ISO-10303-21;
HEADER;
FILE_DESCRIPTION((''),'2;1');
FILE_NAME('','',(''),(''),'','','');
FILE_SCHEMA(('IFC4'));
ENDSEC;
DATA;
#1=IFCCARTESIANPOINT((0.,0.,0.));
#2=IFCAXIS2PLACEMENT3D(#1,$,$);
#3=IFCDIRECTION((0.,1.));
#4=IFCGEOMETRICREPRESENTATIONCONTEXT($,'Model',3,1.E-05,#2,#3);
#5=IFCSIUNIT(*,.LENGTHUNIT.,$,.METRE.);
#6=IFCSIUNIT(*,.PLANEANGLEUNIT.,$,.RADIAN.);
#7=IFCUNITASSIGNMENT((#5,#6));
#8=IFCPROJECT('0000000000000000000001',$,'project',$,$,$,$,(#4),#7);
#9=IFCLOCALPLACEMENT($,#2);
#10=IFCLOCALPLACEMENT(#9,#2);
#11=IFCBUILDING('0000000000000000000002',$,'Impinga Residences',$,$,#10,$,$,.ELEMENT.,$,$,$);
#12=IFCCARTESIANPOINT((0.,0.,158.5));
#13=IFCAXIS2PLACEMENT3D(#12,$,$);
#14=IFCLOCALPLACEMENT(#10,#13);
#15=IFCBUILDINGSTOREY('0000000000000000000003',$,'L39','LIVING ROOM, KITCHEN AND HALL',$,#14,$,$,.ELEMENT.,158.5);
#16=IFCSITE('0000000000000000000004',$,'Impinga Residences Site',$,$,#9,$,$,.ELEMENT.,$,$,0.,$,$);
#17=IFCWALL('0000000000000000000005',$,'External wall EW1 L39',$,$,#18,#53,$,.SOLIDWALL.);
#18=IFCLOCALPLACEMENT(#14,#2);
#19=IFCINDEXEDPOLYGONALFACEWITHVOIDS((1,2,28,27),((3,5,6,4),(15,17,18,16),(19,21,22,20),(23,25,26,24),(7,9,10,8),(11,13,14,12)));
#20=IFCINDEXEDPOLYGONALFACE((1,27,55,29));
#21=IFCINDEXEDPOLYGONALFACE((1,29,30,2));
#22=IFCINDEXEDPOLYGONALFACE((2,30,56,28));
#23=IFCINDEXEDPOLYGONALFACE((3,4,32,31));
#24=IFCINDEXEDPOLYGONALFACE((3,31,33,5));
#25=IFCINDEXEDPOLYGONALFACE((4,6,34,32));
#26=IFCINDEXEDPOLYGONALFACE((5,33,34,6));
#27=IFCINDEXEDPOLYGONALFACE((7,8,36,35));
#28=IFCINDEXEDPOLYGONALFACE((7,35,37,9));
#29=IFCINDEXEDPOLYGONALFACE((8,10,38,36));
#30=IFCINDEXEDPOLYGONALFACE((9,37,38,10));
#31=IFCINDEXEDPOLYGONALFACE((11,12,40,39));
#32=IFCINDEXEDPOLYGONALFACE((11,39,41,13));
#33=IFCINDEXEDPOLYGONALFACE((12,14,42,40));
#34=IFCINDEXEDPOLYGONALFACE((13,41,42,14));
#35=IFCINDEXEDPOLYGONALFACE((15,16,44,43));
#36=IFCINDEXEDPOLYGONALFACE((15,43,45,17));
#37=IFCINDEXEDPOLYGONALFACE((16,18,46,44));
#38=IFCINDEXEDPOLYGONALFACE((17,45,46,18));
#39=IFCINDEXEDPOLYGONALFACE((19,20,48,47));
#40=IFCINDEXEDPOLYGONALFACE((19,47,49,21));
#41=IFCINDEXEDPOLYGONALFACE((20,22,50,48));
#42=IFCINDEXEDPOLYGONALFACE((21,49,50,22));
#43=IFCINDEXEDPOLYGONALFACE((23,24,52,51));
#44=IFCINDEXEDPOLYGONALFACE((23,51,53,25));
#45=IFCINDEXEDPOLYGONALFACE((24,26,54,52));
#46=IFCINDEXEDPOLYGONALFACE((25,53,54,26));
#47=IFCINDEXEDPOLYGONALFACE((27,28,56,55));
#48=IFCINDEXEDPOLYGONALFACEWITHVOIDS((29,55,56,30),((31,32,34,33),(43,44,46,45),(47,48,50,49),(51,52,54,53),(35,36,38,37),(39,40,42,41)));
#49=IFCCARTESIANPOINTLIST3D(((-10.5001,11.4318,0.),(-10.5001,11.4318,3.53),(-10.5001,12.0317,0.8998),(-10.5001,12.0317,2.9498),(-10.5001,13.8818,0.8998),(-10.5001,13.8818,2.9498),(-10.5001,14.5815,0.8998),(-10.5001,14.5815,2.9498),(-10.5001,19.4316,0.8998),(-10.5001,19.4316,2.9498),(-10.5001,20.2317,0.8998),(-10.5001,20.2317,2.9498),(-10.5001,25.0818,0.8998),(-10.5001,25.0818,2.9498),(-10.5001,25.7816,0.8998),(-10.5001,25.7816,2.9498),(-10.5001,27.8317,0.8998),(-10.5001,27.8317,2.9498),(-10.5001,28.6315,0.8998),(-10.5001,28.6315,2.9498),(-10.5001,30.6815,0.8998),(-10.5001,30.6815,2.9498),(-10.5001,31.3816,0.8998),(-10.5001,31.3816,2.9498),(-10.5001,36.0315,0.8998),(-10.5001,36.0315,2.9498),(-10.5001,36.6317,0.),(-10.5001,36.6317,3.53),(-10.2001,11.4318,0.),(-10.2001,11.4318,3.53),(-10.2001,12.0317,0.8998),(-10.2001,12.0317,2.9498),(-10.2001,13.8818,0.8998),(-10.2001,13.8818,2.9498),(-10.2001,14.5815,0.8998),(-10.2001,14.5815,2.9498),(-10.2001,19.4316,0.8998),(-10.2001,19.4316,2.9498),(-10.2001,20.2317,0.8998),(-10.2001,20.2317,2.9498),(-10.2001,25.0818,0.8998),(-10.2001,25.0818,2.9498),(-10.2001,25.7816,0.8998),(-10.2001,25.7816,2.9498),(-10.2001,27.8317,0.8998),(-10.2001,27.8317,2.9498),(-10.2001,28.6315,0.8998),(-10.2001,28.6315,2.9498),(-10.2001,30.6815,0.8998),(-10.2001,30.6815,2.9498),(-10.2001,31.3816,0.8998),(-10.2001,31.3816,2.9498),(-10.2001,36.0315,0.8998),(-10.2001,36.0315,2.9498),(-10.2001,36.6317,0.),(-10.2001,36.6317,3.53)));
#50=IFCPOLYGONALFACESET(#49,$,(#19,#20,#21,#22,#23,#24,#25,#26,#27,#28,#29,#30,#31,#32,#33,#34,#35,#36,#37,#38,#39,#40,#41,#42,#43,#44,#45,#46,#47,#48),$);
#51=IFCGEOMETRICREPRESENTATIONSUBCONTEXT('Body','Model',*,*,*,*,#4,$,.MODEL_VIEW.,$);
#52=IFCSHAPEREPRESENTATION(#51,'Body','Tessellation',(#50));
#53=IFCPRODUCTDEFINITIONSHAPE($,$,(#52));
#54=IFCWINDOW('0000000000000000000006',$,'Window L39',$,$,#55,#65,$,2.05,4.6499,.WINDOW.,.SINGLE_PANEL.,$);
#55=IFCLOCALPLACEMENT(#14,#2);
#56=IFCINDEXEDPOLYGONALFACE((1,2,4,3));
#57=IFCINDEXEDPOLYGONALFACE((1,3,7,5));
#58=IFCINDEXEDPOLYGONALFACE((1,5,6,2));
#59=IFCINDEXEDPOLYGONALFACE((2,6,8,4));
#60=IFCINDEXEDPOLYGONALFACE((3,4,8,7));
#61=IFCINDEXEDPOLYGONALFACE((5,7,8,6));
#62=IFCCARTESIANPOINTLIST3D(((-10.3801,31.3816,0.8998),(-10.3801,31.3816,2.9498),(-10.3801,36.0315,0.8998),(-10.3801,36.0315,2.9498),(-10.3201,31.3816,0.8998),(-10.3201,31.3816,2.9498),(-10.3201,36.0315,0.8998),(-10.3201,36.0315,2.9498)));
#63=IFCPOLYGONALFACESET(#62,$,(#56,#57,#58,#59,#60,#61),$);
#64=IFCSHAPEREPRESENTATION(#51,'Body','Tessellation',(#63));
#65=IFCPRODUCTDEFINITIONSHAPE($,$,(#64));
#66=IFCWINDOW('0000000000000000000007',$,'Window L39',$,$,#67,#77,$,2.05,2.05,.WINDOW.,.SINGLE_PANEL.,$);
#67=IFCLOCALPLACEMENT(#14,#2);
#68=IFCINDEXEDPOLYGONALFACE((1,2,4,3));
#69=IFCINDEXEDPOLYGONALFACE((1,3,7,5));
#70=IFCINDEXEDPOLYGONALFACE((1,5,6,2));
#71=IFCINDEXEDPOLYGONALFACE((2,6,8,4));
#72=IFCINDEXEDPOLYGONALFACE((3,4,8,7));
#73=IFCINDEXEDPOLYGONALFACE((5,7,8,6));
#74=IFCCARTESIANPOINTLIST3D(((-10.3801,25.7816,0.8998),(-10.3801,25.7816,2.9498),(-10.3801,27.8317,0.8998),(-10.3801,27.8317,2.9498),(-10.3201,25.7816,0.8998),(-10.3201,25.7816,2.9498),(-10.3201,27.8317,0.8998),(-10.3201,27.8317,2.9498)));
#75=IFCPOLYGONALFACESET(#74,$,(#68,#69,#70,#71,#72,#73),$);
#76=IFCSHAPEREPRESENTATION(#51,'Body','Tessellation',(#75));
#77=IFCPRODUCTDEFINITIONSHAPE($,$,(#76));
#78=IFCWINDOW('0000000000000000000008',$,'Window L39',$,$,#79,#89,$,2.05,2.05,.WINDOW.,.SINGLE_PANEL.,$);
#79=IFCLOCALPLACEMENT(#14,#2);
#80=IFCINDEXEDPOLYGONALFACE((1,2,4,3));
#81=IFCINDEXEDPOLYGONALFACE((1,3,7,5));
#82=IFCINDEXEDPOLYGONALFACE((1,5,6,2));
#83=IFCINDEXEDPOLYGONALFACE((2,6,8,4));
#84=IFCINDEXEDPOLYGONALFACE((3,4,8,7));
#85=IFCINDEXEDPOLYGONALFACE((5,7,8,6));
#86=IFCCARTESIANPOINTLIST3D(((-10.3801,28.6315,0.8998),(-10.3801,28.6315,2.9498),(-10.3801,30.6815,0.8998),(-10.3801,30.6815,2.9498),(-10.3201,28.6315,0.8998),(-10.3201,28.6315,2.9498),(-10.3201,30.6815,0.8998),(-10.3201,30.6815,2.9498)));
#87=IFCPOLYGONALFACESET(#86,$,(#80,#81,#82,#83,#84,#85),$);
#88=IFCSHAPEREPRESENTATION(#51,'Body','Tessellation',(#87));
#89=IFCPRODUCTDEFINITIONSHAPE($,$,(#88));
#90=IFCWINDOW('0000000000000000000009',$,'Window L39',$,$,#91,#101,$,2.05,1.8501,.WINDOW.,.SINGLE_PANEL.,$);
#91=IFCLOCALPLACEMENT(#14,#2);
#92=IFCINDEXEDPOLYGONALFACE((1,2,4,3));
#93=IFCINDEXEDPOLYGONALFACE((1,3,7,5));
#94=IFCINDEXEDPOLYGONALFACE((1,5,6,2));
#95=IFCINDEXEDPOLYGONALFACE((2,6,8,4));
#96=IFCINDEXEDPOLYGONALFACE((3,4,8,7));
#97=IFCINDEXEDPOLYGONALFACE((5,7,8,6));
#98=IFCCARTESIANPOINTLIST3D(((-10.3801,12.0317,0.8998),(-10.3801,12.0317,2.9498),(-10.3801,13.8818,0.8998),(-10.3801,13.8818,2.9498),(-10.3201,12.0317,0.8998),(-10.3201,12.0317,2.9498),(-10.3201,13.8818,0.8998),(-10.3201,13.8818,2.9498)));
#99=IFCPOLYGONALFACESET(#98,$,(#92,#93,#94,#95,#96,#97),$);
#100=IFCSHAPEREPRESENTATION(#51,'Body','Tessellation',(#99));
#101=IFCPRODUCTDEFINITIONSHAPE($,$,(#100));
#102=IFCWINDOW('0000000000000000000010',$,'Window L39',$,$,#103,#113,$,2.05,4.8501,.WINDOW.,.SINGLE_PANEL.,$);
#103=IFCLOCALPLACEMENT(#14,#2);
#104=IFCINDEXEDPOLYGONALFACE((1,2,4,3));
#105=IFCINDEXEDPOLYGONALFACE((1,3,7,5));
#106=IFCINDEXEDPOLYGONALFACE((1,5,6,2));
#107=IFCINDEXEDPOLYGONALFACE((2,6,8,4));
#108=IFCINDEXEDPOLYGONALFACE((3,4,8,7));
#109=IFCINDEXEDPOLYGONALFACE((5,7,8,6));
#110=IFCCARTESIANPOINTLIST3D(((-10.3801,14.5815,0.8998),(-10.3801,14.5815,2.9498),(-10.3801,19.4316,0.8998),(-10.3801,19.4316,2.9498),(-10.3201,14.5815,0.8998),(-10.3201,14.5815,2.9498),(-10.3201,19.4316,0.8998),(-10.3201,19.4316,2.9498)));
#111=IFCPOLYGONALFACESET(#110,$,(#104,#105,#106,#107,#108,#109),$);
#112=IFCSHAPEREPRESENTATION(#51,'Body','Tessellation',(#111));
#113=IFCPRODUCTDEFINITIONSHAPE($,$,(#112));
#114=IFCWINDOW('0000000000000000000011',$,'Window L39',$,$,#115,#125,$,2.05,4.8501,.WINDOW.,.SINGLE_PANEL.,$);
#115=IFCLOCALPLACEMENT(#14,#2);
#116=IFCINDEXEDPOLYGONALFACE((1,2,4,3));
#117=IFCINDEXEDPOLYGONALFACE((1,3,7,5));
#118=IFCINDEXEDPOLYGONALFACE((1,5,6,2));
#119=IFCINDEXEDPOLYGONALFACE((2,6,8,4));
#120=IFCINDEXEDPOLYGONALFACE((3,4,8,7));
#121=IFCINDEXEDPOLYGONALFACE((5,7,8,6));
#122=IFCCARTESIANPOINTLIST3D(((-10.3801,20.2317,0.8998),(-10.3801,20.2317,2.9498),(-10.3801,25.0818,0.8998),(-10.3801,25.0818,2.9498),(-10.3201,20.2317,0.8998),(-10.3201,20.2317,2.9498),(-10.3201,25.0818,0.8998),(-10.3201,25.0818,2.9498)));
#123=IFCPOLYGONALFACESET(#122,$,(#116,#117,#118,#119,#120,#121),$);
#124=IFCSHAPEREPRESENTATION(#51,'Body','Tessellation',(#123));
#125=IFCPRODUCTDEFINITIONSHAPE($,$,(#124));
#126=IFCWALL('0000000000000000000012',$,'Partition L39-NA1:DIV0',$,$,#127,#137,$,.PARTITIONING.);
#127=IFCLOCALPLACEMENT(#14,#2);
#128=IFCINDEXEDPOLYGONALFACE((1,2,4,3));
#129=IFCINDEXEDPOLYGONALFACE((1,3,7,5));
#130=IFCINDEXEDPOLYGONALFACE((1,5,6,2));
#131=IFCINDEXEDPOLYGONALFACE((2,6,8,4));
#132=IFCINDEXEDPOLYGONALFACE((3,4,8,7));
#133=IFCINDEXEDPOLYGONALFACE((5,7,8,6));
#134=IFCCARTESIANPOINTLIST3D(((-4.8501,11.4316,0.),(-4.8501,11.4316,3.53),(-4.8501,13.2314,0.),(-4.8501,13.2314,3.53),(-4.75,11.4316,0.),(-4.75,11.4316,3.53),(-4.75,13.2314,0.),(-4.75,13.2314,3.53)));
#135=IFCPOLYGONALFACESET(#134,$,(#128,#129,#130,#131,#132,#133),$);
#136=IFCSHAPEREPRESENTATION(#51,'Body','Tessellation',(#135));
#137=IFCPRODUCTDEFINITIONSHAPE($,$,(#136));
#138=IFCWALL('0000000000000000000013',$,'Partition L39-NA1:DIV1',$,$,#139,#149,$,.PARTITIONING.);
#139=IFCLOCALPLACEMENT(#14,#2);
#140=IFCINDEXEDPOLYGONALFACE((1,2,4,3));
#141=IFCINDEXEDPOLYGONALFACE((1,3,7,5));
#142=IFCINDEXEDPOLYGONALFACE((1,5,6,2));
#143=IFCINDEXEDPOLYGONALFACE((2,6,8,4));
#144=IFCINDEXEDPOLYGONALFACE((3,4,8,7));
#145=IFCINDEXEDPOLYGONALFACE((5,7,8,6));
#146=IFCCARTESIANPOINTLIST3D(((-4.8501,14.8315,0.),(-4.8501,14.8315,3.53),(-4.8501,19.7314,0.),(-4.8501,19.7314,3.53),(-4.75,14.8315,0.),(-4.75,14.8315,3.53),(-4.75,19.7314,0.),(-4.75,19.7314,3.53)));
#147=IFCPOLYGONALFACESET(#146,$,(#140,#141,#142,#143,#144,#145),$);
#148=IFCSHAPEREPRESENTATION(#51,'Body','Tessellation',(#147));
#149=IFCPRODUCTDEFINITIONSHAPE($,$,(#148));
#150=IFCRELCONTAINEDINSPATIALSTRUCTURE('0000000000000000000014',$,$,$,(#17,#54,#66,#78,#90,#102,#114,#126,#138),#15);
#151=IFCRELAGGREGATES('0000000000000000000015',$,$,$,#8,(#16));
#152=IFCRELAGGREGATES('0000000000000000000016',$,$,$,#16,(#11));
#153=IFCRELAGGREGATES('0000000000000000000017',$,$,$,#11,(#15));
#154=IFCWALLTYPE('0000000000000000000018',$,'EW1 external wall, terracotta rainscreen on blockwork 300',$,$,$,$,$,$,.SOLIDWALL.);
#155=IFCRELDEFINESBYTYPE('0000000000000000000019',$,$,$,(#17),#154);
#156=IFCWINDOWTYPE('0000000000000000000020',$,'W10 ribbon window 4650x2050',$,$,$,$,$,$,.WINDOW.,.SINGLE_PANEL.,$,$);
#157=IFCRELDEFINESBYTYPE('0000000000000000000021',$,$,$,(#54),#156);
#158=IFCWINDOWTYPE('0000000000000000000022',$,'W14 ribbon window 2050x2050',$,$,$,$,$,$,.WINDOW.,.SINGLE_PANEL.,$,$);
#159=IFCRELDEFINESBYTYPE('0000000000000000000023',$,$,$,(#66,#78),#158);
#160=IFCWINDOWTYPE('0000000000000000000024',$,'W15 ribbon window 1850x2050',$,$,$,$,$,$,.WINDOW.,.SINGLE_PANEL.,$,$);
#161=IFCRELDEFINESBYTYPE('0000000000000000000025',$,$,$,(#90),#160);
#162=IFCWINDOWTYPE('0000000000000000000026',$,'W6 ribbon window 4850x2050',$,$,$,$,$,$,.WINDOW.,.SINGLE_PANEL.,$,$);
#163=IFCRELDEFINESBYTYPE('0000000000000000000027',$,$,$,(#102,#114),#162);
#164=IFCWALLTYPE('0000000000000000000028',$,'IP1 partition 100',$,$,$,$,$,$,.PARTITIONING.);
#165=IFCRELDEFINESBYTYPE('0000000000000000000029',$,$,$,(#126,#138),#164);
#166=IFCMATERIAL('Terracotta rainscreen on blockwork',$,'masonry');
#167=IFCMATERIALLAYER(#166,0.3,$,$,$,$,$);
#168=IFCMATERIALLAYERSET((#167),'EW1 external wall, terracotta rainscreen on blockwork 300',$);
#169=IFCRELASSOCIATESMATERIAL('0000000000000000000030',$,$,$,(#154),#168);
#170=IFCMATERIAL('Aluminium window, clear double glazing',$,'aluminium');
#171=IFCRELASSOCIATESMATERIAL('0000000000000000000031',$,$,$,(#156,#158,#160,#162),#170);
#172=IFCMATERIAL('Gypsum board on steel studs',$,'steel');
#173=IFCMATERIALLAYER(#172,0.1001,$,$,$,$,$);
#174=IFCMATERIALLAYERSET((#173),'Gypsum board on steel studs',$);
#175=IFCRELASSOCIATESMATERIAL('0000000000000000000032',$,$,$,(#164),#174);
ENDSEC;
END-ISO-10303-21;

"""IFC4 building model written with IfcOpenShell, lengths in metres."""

from ifc_helpers import new_model, si_unit, direction, frame, frame_2d, origin, place, context, subcontext, project, spatial, rectangle, extrude, material, layer, layer_set, type_object, element, fill, save


model = new_model("IFC4")

# Units and contexts
model_context = context("Model", 3, precision=1e-05, world=origin(), true_north=direction((0.0, 1.0)))
body_context = subcontext(model_context, "Body", "Model", "MODEL_VIEW")
ifc_project = project(units=[si_unit("LENGTHUNIT", "METRE"), si_unit("PLANEANGLEUNIT", "RADIAN")], contexts=[model_context])

# Site, building, storey
site_placement = place(None, origin())
site = spatial("IfcSite", under=ifc_project, at=site_placement, Name="Impinga Residences Site", CompositionType="ELEMENT", RefElevation=0.0)
building_placement = place(site_placement, origin())
building = spatial("IfcBuilding", under=site, at=building_placement, Name="Impinga Residences", CompositionType="ELEMENT")
storey_placement = place(building_placement, frame((0.0, 0.0, 158.5)))
storey = spatial("IfcBuildingStorey", under=building, at=storey_placement, Name="L39", Description="LIVING ROOM, KITCHEN AND HALL", CompositionType="ELEMENT", Elevation=158.5)

# Shared definitions
ifc_material_1 = material(Name="Terracotta rainscreen on blockwork", Category="masonry")
ifc_layer_1 = layer(ifc_material_1, 0.3)
ifc_layer_set_1 = layer_set([ifc_layer_1], Name="EW1 external wall, terracotta rainscreen on blockwork 300")
wall_type_1 = type_object("IfcWallType", Name="EW1 external wall, terracotta rainscreen on blockwork 300", PredefinedType="SOLIDWALL", material=ifc_layer_set_1)

# Wall, openings, windows
wall_1_placement = place(storey_placement, frame((-10.3501, 11.4316, 0.0), z_axis=(0.0, 0.0, 1.0), x_axis=(0.0, 1.0, 0.0)))
wall_1 = element("IfcWall", 1, at=wall_1_placement, inside=storey, type_object=wall_type_1, Name="External wall EW1 L39", PredefinedType="SOLIDWALL", context=body_context, shape_type="SweptSolid", body=[
    extrude(rectangle(XDim=25.2, YDim=0.3, at=frame_2d((12.6001, 0.0))), origin(), (0.0, 0.0, 1.0), 3.53),
])
opening_1_placement = place(wall_1_placement, frame((0.6001, 0.0, 0.8999)))
opening_1 = element("IfcOpeningElement", 2, at=opening_1_placement, cuts=wall_1, PredefinedType="OPENING", context=body_context, shape_type="SweptSolid", body=[
    extrude(rectangle(XDim=1.8501, YDim=2.05, at=frame_2d((0.925, 1.0249))), frame((0.0, 0.1599, 0.0), z_axis=(0.0, -1.0, 0.0), x_axis=(1.0, 0.0, 0.0)), (0.0, 0.0, 1.0), 0.3201),
])
opening_2_placement = place(wall_1_placement, frame((3.1499, 0.0, 0.8999)))
opening_2 = element("IfcOpeningElement", 3, at=opening_2_placement, cuts=wall_1, PredefinedType="OPENING", context=body_context, shape_type="SweptSolid", body=[
    extrude(rectangle(XDim=4.8501, YDim=2.05, at=frame_2d((2.425, 1.0249))), frame((0.0, 0.1599, 0.0), z_axis=(0.0, -1.0, 0.0), x_axis=(1.0, 0.0, 0.0)), (0.0, 0.0, 1.0), 0.3201),
])
opening_3_placement = place(wall_1_placement, frame((8.8, 0.0, 0.8999)))
opening_3 = element("IfcOpeningElement", 4, at=opening_3_placement, cuts=wall_1, PredefinedType="OPENING", context=body_context, shape_type="SweptSolid", body=[
    extrude(rectangle(XDim=4.8501, YDim=2.05, at=frame_2d((2.425, 1.0249))), frame((0.0, 0.1599, 0.0), z_axis=(0.0, -1.0, 0.0), x_axis=(1.0, 0.0, 0.0)), (0.0, 0.0, 1.0), 0.3201),
])
opening_4_placement = place(wall_1_placement, frame((14.3501, 0.0, 0.8999)))
opening_4 = element("IfcOpeningElement", 5, at=opening_4_placement, cuts=wall_1, PredefinedType="OPENING", context=body_context, shape_type="SweptSolid", body=[
    extrude(rectangle(XDim=2.05, YDim=2.05, at=frame_2d((1.0249, 1.0249))), frame((0.0, 0.1599, 0.0), z_axis=(0.0, -1.0, 0.0), x_axis=(1.0, 0.0, 0.0)), (0.0, 0.0, 1.0), 0.3201),
])
opening_5_placement = place(wall_1_placement, frame((17.2, 0.0, 0.8999)))
opening_5 = element("IfcOpeningElement", 6, at=opening_5_placement, cuts=wall_1, PredefinedType="OPENING", context=body_context, shape_type="SweptSolid", body=[
    extrude(rectangle(XDim=2.05, YDim=2.05, at=frame_2d((1.0249, 1.0249))), frame((0.0, 0.1599, 0.0), z_axis=(0.0, -1.0, 0.0), x_axis=(1.0, 0.0, 0.0)), (0.0, 0.0, 1.0), 0.3201),
])
opening_6_placement = place(wall_1_placement, frame((19.95, 0.0, 0.8999)))
opening_6 = element("IfcOpeningElement", 7, at=opening_6_placement, cuts=wall_1, PredefinedType="OPENING", context=body_context, shape_type="SweptSolid", body=[
    extrude(rectangle(XDim=4.6499, YDim=2.05, at=frame_2d((2.325, 1.0249))), frame((0.0, 0.1599, 0.0), z_axis=(0.0, -1.0, 0.0), x_axis=(1.0, 0.0, 0.0)), (0.0, 0.0, 1.0), 0.3201),
])
ifc_material_2 = material(Name="Aluminium window, clear double glazing", Category="aluminium")
window_type_1 = type_object("IfcWindowType", Name="W10 ribbon window 4650x2050", PartitioningType="SINGLE_PANEL", PredefinedType="WINDOW", material=ifc_material_2)
window_1_placement = place(opening_6_placement, origin())
window_1 = element("IfcWindow", 8, at=window_1_placement, inside=storey, type_object=window_type_1, Name="Window L39", OverallHeight=2.05, OverallWidth=4.6499, PartitioningType="SINGLE_PANEL", PredefinedType="WINDOW", context=body_context, shape_type="SweptSolid", body=[
    extrude(rectangle(XDim=4.6499, YDim=2.05, at=frame_2d((2.325, 1.0249))), frame((0.0, 0.03, 0.0), z_axis=(0.0, -1.0, 0.0), x_axis=(1.0, 0.0, 0.0)), (0.0, 0.0, 1.0), 0.0601),
])
fill(opening_6, window_1)
window_type_2 = type_object("IfcWindowType", Name="W14 ribbon window 2050x2050", PartitioningType="SINGLE_PANEL", PredefinedType="WINDOW", material=ifc_material_2)
window_2_placement = place(opening_4_placement, origin())
window_2 = element("IfcWindow", 9, at=window_2_placement, inside=storey, type_object=window_type_2, Name="Window L39", OverallHeight=2.05, OverallWidth=2.05, PartitioningType="SINGLE_PANEL", PredefinedType="WINDOW", context=body_context, shape_type="SweptSolid", body=[
    extrude(rectangle(XDim=2.05, YDim=2.05, at=frame_2d((1.0249, 1.0249))), frame((0.0, 0.03, 0.0), z_axis=(0.0, -1.0, 0.0), x_axis=(1.0, 0.0, 0.0)), (0.0, 0.0, 1.0), 0.0601),
])
fill(opening_4, window_2)
window_3_placement = place(opening_5_placement, origin())
window_3 = element("IfcWindow", 10, at=window_3_placement, inside=storey, type_object=window_type_2, Name="Window L39", OverallHeight=2.05, OverallWidth=2.05, PartitioningType="SINGLE_PANEL", PredefinedType="WINDOW", context=body_context, shape_type="SweptSolid", body=[
    extrude(rectangle(XDim=2.05, YDim=2.05, at=frame_2d((1.0249, 1.0249))), frame((0.0, 0.03, 0.0), z_axis=(0.0, -1.0, 0.0), x_axis=(1.0, 0.0, 0.0)), (0.0, 0.0, 1.0), 0.0601),
])
fill(opening_5, window_3)
window_type_3 = type_object("IfcWindowType", Name="W15 ribbon window 1850x2050", PartitioningType="SINGLE_PANEL", PredefinedType="WINDOW", material=ifc_material_2)
window_4_placement = place(opening_1_placement, origin())
window_4 = element("IfcWindow", 11, at=window_4_placement, inside=storey, type_object=window_type_3, Name="Window L39", OverallHeight=2.05, OverallWidth=1.8501, PartitioningType="SINGLE_PANEL", PredefinedType="WINDOW", context=body_context, shape_type="SweptSolid", body=[
    extrude(rectangle(XDim=1.8501, YDim=2.05, at=frame_2d((0.925, 1.0249))), frame((0.0, 0.03, 0.0), z_axis=(0.0, -1.0, 0.0), x_axis=(1.0, 0.0, 0.0)), (0.0, 0.0, 1.0), 0.0601),
])
fill(opening_1, window_4)
window_type_4 = type_object("IfcWindowType", Name="W6 ribbon window 4850x2050", PartitioningType="SINGLE_PANEL", PredefinedType="WINDOW", material=ifc_material_2)
window_5_placement = place(opening_2_placement, origin())
window_5 = element("IfcWindow", 12, at=window_5_placement, inside=storey, type_object=window_type_4, Name="Window L39", OverallHeight=2.05, OverallWidth=4.8501, PartitioningType="SINGLE_PANEL", PredefinedType="WINDOW", context=body_context, shape_type="SweptSolid", body=[
    extrude(rectangle(XDim=4.8501, YDim=2.05, at=frame_2d((2.425, 1.0249))), frame((0.0, 0.03, 0.0), z_axis=(0.0, -1.0, 0.0), x_axis=(1.0, 0.0, 0.0)), (0.0, 0.0, 1.0), 0.0601),
])
fill(opening_2, window_5)
window_6_placement = place(opening_3_placement, origin())
window_6 = element("IfcWindow", 13, at=window_6_placement, inside=storey, type_object=window_type_4, Name="Window L39", OverallHeight=2.05, OverallWidth=4.8501, PartitioningType="SINGLE_PANEL", PredefinedType="WINDOW", context=body_context, shape_type="SweptSolid", body=[
    extrude(rectangle(XDim=4.8501, YDim=2.05, at=frame_2d((2.425, 1.0249))), frame((0.0, 0.03, 0.0), z_axis=(0.0, -1.0, 0.0), x_axis=(1.0, 0.0, 0.0)), (0.0, 0.0, 1.0), 0.0601),
])
fill(opening_3, window_6)

# Walls
ifc_material_3 = material(Name="Gypsum board on steel studs", Category="steel")
ifc_layer_2 = layer(ifc_material_3, 0.1001)
ifc_layer_set_2 = layer_set([ifc_layer_2], Name="Gypsum board on steel studs")
wall_type_2 = type_object("IfcWallType", Name="IP1 partition 100", PredefinedType="PARTITIONING", material=ifc_layer_set_2)
wall_2_placement = place(storey_placement, frame((-4.8, 11.4316, 0.0), z_axis=(0.0, 0.0, 1.0), x_axis=(0.0, 1.0, 0.0)))
element("IfcWall", 14, at=wall_2_placement, inside=storey, type_object=wall_type_2, Name="Partition L39-NA1:DIV0", PredefinedType="PARTITIONING", context=body_context, shape_type="SweptSolid", body=[
    extrude(rectangle(XDim=1.7998, YDim=0.1001, at=frame_2d((0.8999, 0.0))), origin(), (0.0, 0.0, 1.0), 3.53),
])
wall_3_placement = place(storey_placement, frame((-4.8, 14.8315, 0.0), z_axis=(0.0, 0.0, 1.0), x_axis=(0.0, 1.0, 0.0)))
element("IfcWall", 15, at=wall_3_placement, inside=storey, type_object=wall_type_2, Name="Partition L39-NA1:DIV1", PredefinedType="PARTITIONING", context=body_context, shape_type="SweptSolid", body=[
    extrude(rectangle(XDim=4.8999, YDim=0.1001, at=frame_2d((2.45, 0.0))), origin(), (0.0, 0.0, 1.0), 3.53),
])

save(model, "model.ifc")
